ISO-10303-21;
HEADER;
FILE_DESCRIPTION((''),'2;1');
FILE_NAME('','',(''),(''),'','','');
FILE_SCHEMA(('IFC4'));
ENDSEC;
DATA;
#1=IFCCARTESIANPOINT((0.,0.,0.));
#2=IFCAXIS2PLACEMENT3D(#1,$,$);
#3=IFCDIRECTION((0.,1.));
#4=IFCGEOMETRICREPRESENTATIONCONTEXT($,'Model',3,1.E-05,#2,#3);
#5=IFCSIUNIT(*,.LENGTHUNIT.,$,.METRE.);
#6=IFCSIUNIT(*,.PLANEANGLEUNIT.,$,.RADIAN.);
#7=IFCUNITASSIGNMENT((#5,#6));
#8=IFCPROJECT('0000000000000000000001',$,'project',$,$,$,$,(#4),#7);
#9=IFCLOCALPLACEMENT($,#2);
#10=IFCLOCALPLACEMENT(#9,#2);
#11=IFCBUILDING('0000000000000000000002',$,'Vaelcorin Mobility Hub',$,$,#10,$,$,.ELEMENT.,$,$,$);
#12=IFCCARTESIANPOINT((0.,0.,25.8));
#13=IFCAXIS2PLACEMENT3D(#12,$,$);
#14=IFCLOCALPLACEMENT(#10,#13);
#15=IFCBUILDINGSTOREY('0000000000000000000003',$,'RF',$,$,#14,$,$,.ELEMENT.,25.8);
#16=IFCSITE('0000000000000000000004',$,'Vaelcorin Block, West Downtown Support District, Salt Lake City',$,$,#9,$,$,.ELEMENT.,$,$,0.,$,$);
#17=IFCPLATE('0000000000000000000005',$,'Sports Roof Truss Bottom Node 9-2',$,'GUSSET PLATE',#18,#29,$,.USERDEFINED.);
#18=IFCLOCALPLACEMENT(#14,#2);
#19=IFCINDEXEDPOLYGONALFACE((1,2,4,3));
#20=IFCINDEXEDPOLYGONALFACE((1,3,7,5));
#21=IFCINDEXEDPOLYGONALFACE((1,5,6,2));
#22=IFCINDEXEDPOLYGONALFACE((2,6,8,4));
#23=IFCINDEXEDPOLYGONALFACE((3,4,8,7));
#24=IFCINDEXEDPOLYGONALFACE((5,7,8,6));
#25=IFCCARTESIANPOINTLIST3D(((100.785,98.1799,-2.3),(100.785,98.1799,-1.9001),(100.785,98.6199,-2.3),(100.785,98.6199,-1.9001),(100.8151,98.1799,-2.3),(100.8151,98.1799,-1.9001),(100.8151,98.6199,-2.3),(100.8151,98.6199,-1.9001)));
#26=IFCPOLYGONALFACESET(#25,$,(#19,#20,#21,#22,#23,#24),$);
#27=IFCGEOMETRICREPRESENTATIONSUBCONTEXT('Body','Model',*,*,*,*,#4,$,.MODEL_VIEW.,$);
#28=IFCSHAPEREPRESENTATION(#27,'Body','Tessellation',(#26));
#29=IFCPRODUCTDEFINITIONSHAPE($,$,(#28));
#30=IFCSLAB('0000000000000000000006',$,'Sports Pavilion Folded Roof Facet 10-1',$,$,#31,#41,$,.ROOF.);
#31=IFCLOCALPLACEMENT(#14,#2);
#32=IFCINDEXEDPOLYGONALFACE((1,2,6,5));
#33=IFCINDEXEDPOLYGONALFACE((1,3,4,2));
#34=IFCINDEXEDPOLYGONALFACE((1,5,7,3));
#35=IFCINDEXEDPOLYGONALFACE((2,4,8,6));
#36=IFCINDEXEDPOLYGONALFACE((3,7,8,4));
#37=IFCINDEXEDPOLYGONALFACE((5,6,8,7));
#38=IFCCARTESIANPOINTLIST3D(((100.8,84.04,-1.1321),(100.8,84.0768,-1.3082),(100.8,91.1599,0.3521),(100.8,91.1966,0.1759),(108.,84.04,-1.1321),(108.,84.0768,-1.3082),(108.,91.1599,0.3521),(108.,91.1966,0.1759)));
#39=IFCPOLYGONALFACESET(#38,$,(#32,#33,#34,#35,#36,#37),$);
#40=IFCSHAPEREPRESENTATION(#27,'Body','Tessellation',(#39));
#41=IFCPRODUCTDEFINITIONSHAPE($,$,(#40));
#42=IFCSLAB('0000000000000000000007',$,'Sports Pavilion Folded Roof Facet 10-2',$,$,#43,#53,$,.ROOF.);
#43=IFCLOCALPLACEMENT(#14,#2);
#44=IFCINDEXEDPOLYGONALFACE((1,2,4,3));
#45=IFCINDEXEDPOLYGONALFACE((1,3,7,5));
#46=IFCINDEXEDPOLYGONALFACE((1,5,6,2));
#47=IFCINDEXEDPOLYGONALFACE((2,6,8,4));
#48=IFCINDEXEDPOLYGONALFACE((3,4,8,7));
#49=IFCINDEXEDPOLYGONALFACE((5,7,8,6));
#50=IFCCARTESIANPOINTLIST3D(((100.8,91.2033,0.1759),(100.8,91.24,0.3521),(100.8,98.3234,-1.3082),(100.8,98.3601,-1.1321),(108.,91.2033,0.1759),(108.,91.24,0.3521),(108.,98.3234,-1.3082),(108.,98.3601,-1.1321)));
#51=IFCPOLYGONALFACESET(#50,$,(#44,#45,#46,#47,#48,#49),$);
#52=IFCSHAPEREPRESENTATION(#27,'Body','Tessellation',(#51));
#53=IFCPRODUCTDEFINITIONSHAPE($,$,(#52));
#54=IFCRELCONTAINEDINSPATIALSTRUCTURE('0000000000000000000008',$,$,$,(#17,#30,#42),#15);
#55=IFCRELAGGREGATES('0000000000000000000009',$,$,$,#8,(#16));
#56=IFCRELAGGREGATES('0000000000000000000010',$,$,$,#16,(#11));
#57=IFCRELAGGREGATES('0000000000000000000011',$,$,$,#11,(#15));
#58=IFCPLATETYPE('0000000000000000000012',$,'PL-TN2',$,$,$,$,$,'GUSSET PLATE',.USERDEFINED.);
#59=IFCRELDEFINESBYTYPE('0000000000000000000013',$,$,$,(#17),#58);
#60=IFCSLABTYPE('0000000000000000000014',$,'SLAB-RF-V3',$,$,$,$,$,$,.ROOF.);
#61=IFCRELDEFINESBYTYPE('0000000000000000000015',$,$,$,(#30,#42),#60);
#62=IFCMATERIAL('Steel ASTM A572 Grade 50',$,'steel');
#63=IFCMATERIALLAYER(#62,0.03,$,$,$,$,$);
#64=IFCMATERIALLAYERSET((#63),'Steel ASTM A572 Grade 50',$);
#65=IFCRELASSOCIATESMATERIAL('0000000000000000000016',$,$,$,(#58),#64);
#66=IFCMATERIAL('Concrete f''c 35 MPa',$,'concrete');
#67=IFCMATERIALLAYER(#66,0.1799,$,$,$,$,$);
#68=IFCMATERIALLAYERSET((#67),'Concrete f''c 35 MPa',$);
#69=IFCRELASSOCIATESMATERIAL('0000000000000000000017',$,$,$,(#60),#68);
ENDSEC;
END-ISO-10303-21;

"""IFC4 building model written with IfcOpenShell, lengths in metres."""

from ifc_helpers import new_model, si_unit, direction, frame, origin, origin_2d, place, context, subcontext, project, spatial, polyline, rectangle, outline, extrude, material, layer, layer_set, type_object, element, save


model = new_model("IFC4")

# Units and contexts
model_context = context("Model", 3, precision=1e-05, world=origin(), true_north=direction((0.0, 1.0)))
body_context = subcontext(model_context, "Body", "Model", "MODEL_VIEW")
ifc_project = project(units=[si_unit("LENGTHUNIT", "METRE"), si_unit("PLANEANGLEUNIT", "RADIAN")], contexts=[model_context])

# Site, building, storey
site_placement = place(None, origin())
site = spatial("IfcSite", under=ifc_project, at=site_placement, Name="Vaelcorin Block, West Downtown Support District, Salt Lake City", CompositionType="ELEMENT", RefElevation=0.0)
building_placement = place(site_placement, origin())
building = spatial("IfcBuilding", under=site, at=building_placement, Name="Vaelcorin Mobility Hub", CompositionType="ELEMENT")
storey_placement = place(building_placement, frame((0.0, 0.0, 25.8)))
storey = spatial("IfcBuildingStorey", under=building, at=storey_placement, Name="RF", CompositionType="ELEMENT", Elevation=25.8)

# Plate
ifc_material_1 = material(Name="Steel ASTM A572 Grade 50", Category="steel")
ifc_layer_1 = layer(ifc_material_1, 0.03)
ifc_layer_set_1 = layer_set([ifc_layer_1], Name="Steel ASTM A572 Grade 50")
plate_type = type_object("IfcPlateType", Name="PL-TN2", ElementType="GUSSET PLATE", PredefinedType="USERDEFINED", material=ifc_layer_set_1)
plate_1_placement = place(storey_placement, frame((100.8, 98.3999, -2.3), z_axis=(0.0, 0.0, 1.0), x_axis=(1.0, 0.0, 0.0)))
element("IfcPlate", 1, at=plate_1_placement, inside=storey, type_object=plate_type, Name="Sports Roof Truss Bottom Node 9-2", ObjectType="GUSSET PLATE", PredefinedType="USERDEFINED", context=body_context, shape_type="SweptSolid", body=[
    extrude(rectangle(XDim=0.03, YDim=0.4399, at=origin_2d()), origin(), (0.0, 0.0, 1.0), 0.3999),
])

# Slabs
ifc_material_2 = material(Name="Concrete f'c 35 MPa", Category="concrete")
ifc_layer_2 = layer(ifc_material_2, 0.1799)
ifc_layer_set_2 = layer_set([ifc_layer_2], Name="Concrete f'c 35 MPa")
slab_type = type_object("IfcSlabType", Name="SLAB-RF-V3", PredefinedType="ROOF", material=ifc_layer_set_2)
slab_1_placement = place(storey_placement, frame((100.8, 84.04, -1.1321), z_axis=(0.0, -0.204063, 0.978958), x_axis=(1.0, 0.0, 0.0)))
element("IfcSlab", 2, at=slab_1_placement, inside=storey, type_object=slab_type, Name="Sports Pavilion Folded Roof Facet 10-1", PredefinedType="ROOF", context=body_context, shape_type="SweptSolid", body=[
    extrude(outline(polyline([(0.0, 0.0), (7.2, 0.0), (7.2, 7.2729), (0.0, 7.2729), (0.0, 0.0)])), origin(), (0.0, 0.0, -1.0), 0.1799),
])
slab_2_placement = place(storey_placement, frame((100.8, 91.24, 0.3521), z_axis=(0.0, 0.204056, 0.978959), x_axis=(1.0, 0.0, 0.0)))
element("IfcSlab", 3, at=slab_2_placement, inside=storey, type_object=slab_type, Name="Sports Pavilion Folded Roof Facet 10-2", PredefinedType="ROOF", context=body_context, shape_type="SweptSolid", body=[
    extrude(outline(polyline([(0.0, 0.0), (7.2, 0.0), (7.2, 7.2732), (0.0, 7.2732), (0.0, 0.0)])), origin(), (0.0, 0.0, -1.0), 0.1799),
])

save(model, "model.ifc")
